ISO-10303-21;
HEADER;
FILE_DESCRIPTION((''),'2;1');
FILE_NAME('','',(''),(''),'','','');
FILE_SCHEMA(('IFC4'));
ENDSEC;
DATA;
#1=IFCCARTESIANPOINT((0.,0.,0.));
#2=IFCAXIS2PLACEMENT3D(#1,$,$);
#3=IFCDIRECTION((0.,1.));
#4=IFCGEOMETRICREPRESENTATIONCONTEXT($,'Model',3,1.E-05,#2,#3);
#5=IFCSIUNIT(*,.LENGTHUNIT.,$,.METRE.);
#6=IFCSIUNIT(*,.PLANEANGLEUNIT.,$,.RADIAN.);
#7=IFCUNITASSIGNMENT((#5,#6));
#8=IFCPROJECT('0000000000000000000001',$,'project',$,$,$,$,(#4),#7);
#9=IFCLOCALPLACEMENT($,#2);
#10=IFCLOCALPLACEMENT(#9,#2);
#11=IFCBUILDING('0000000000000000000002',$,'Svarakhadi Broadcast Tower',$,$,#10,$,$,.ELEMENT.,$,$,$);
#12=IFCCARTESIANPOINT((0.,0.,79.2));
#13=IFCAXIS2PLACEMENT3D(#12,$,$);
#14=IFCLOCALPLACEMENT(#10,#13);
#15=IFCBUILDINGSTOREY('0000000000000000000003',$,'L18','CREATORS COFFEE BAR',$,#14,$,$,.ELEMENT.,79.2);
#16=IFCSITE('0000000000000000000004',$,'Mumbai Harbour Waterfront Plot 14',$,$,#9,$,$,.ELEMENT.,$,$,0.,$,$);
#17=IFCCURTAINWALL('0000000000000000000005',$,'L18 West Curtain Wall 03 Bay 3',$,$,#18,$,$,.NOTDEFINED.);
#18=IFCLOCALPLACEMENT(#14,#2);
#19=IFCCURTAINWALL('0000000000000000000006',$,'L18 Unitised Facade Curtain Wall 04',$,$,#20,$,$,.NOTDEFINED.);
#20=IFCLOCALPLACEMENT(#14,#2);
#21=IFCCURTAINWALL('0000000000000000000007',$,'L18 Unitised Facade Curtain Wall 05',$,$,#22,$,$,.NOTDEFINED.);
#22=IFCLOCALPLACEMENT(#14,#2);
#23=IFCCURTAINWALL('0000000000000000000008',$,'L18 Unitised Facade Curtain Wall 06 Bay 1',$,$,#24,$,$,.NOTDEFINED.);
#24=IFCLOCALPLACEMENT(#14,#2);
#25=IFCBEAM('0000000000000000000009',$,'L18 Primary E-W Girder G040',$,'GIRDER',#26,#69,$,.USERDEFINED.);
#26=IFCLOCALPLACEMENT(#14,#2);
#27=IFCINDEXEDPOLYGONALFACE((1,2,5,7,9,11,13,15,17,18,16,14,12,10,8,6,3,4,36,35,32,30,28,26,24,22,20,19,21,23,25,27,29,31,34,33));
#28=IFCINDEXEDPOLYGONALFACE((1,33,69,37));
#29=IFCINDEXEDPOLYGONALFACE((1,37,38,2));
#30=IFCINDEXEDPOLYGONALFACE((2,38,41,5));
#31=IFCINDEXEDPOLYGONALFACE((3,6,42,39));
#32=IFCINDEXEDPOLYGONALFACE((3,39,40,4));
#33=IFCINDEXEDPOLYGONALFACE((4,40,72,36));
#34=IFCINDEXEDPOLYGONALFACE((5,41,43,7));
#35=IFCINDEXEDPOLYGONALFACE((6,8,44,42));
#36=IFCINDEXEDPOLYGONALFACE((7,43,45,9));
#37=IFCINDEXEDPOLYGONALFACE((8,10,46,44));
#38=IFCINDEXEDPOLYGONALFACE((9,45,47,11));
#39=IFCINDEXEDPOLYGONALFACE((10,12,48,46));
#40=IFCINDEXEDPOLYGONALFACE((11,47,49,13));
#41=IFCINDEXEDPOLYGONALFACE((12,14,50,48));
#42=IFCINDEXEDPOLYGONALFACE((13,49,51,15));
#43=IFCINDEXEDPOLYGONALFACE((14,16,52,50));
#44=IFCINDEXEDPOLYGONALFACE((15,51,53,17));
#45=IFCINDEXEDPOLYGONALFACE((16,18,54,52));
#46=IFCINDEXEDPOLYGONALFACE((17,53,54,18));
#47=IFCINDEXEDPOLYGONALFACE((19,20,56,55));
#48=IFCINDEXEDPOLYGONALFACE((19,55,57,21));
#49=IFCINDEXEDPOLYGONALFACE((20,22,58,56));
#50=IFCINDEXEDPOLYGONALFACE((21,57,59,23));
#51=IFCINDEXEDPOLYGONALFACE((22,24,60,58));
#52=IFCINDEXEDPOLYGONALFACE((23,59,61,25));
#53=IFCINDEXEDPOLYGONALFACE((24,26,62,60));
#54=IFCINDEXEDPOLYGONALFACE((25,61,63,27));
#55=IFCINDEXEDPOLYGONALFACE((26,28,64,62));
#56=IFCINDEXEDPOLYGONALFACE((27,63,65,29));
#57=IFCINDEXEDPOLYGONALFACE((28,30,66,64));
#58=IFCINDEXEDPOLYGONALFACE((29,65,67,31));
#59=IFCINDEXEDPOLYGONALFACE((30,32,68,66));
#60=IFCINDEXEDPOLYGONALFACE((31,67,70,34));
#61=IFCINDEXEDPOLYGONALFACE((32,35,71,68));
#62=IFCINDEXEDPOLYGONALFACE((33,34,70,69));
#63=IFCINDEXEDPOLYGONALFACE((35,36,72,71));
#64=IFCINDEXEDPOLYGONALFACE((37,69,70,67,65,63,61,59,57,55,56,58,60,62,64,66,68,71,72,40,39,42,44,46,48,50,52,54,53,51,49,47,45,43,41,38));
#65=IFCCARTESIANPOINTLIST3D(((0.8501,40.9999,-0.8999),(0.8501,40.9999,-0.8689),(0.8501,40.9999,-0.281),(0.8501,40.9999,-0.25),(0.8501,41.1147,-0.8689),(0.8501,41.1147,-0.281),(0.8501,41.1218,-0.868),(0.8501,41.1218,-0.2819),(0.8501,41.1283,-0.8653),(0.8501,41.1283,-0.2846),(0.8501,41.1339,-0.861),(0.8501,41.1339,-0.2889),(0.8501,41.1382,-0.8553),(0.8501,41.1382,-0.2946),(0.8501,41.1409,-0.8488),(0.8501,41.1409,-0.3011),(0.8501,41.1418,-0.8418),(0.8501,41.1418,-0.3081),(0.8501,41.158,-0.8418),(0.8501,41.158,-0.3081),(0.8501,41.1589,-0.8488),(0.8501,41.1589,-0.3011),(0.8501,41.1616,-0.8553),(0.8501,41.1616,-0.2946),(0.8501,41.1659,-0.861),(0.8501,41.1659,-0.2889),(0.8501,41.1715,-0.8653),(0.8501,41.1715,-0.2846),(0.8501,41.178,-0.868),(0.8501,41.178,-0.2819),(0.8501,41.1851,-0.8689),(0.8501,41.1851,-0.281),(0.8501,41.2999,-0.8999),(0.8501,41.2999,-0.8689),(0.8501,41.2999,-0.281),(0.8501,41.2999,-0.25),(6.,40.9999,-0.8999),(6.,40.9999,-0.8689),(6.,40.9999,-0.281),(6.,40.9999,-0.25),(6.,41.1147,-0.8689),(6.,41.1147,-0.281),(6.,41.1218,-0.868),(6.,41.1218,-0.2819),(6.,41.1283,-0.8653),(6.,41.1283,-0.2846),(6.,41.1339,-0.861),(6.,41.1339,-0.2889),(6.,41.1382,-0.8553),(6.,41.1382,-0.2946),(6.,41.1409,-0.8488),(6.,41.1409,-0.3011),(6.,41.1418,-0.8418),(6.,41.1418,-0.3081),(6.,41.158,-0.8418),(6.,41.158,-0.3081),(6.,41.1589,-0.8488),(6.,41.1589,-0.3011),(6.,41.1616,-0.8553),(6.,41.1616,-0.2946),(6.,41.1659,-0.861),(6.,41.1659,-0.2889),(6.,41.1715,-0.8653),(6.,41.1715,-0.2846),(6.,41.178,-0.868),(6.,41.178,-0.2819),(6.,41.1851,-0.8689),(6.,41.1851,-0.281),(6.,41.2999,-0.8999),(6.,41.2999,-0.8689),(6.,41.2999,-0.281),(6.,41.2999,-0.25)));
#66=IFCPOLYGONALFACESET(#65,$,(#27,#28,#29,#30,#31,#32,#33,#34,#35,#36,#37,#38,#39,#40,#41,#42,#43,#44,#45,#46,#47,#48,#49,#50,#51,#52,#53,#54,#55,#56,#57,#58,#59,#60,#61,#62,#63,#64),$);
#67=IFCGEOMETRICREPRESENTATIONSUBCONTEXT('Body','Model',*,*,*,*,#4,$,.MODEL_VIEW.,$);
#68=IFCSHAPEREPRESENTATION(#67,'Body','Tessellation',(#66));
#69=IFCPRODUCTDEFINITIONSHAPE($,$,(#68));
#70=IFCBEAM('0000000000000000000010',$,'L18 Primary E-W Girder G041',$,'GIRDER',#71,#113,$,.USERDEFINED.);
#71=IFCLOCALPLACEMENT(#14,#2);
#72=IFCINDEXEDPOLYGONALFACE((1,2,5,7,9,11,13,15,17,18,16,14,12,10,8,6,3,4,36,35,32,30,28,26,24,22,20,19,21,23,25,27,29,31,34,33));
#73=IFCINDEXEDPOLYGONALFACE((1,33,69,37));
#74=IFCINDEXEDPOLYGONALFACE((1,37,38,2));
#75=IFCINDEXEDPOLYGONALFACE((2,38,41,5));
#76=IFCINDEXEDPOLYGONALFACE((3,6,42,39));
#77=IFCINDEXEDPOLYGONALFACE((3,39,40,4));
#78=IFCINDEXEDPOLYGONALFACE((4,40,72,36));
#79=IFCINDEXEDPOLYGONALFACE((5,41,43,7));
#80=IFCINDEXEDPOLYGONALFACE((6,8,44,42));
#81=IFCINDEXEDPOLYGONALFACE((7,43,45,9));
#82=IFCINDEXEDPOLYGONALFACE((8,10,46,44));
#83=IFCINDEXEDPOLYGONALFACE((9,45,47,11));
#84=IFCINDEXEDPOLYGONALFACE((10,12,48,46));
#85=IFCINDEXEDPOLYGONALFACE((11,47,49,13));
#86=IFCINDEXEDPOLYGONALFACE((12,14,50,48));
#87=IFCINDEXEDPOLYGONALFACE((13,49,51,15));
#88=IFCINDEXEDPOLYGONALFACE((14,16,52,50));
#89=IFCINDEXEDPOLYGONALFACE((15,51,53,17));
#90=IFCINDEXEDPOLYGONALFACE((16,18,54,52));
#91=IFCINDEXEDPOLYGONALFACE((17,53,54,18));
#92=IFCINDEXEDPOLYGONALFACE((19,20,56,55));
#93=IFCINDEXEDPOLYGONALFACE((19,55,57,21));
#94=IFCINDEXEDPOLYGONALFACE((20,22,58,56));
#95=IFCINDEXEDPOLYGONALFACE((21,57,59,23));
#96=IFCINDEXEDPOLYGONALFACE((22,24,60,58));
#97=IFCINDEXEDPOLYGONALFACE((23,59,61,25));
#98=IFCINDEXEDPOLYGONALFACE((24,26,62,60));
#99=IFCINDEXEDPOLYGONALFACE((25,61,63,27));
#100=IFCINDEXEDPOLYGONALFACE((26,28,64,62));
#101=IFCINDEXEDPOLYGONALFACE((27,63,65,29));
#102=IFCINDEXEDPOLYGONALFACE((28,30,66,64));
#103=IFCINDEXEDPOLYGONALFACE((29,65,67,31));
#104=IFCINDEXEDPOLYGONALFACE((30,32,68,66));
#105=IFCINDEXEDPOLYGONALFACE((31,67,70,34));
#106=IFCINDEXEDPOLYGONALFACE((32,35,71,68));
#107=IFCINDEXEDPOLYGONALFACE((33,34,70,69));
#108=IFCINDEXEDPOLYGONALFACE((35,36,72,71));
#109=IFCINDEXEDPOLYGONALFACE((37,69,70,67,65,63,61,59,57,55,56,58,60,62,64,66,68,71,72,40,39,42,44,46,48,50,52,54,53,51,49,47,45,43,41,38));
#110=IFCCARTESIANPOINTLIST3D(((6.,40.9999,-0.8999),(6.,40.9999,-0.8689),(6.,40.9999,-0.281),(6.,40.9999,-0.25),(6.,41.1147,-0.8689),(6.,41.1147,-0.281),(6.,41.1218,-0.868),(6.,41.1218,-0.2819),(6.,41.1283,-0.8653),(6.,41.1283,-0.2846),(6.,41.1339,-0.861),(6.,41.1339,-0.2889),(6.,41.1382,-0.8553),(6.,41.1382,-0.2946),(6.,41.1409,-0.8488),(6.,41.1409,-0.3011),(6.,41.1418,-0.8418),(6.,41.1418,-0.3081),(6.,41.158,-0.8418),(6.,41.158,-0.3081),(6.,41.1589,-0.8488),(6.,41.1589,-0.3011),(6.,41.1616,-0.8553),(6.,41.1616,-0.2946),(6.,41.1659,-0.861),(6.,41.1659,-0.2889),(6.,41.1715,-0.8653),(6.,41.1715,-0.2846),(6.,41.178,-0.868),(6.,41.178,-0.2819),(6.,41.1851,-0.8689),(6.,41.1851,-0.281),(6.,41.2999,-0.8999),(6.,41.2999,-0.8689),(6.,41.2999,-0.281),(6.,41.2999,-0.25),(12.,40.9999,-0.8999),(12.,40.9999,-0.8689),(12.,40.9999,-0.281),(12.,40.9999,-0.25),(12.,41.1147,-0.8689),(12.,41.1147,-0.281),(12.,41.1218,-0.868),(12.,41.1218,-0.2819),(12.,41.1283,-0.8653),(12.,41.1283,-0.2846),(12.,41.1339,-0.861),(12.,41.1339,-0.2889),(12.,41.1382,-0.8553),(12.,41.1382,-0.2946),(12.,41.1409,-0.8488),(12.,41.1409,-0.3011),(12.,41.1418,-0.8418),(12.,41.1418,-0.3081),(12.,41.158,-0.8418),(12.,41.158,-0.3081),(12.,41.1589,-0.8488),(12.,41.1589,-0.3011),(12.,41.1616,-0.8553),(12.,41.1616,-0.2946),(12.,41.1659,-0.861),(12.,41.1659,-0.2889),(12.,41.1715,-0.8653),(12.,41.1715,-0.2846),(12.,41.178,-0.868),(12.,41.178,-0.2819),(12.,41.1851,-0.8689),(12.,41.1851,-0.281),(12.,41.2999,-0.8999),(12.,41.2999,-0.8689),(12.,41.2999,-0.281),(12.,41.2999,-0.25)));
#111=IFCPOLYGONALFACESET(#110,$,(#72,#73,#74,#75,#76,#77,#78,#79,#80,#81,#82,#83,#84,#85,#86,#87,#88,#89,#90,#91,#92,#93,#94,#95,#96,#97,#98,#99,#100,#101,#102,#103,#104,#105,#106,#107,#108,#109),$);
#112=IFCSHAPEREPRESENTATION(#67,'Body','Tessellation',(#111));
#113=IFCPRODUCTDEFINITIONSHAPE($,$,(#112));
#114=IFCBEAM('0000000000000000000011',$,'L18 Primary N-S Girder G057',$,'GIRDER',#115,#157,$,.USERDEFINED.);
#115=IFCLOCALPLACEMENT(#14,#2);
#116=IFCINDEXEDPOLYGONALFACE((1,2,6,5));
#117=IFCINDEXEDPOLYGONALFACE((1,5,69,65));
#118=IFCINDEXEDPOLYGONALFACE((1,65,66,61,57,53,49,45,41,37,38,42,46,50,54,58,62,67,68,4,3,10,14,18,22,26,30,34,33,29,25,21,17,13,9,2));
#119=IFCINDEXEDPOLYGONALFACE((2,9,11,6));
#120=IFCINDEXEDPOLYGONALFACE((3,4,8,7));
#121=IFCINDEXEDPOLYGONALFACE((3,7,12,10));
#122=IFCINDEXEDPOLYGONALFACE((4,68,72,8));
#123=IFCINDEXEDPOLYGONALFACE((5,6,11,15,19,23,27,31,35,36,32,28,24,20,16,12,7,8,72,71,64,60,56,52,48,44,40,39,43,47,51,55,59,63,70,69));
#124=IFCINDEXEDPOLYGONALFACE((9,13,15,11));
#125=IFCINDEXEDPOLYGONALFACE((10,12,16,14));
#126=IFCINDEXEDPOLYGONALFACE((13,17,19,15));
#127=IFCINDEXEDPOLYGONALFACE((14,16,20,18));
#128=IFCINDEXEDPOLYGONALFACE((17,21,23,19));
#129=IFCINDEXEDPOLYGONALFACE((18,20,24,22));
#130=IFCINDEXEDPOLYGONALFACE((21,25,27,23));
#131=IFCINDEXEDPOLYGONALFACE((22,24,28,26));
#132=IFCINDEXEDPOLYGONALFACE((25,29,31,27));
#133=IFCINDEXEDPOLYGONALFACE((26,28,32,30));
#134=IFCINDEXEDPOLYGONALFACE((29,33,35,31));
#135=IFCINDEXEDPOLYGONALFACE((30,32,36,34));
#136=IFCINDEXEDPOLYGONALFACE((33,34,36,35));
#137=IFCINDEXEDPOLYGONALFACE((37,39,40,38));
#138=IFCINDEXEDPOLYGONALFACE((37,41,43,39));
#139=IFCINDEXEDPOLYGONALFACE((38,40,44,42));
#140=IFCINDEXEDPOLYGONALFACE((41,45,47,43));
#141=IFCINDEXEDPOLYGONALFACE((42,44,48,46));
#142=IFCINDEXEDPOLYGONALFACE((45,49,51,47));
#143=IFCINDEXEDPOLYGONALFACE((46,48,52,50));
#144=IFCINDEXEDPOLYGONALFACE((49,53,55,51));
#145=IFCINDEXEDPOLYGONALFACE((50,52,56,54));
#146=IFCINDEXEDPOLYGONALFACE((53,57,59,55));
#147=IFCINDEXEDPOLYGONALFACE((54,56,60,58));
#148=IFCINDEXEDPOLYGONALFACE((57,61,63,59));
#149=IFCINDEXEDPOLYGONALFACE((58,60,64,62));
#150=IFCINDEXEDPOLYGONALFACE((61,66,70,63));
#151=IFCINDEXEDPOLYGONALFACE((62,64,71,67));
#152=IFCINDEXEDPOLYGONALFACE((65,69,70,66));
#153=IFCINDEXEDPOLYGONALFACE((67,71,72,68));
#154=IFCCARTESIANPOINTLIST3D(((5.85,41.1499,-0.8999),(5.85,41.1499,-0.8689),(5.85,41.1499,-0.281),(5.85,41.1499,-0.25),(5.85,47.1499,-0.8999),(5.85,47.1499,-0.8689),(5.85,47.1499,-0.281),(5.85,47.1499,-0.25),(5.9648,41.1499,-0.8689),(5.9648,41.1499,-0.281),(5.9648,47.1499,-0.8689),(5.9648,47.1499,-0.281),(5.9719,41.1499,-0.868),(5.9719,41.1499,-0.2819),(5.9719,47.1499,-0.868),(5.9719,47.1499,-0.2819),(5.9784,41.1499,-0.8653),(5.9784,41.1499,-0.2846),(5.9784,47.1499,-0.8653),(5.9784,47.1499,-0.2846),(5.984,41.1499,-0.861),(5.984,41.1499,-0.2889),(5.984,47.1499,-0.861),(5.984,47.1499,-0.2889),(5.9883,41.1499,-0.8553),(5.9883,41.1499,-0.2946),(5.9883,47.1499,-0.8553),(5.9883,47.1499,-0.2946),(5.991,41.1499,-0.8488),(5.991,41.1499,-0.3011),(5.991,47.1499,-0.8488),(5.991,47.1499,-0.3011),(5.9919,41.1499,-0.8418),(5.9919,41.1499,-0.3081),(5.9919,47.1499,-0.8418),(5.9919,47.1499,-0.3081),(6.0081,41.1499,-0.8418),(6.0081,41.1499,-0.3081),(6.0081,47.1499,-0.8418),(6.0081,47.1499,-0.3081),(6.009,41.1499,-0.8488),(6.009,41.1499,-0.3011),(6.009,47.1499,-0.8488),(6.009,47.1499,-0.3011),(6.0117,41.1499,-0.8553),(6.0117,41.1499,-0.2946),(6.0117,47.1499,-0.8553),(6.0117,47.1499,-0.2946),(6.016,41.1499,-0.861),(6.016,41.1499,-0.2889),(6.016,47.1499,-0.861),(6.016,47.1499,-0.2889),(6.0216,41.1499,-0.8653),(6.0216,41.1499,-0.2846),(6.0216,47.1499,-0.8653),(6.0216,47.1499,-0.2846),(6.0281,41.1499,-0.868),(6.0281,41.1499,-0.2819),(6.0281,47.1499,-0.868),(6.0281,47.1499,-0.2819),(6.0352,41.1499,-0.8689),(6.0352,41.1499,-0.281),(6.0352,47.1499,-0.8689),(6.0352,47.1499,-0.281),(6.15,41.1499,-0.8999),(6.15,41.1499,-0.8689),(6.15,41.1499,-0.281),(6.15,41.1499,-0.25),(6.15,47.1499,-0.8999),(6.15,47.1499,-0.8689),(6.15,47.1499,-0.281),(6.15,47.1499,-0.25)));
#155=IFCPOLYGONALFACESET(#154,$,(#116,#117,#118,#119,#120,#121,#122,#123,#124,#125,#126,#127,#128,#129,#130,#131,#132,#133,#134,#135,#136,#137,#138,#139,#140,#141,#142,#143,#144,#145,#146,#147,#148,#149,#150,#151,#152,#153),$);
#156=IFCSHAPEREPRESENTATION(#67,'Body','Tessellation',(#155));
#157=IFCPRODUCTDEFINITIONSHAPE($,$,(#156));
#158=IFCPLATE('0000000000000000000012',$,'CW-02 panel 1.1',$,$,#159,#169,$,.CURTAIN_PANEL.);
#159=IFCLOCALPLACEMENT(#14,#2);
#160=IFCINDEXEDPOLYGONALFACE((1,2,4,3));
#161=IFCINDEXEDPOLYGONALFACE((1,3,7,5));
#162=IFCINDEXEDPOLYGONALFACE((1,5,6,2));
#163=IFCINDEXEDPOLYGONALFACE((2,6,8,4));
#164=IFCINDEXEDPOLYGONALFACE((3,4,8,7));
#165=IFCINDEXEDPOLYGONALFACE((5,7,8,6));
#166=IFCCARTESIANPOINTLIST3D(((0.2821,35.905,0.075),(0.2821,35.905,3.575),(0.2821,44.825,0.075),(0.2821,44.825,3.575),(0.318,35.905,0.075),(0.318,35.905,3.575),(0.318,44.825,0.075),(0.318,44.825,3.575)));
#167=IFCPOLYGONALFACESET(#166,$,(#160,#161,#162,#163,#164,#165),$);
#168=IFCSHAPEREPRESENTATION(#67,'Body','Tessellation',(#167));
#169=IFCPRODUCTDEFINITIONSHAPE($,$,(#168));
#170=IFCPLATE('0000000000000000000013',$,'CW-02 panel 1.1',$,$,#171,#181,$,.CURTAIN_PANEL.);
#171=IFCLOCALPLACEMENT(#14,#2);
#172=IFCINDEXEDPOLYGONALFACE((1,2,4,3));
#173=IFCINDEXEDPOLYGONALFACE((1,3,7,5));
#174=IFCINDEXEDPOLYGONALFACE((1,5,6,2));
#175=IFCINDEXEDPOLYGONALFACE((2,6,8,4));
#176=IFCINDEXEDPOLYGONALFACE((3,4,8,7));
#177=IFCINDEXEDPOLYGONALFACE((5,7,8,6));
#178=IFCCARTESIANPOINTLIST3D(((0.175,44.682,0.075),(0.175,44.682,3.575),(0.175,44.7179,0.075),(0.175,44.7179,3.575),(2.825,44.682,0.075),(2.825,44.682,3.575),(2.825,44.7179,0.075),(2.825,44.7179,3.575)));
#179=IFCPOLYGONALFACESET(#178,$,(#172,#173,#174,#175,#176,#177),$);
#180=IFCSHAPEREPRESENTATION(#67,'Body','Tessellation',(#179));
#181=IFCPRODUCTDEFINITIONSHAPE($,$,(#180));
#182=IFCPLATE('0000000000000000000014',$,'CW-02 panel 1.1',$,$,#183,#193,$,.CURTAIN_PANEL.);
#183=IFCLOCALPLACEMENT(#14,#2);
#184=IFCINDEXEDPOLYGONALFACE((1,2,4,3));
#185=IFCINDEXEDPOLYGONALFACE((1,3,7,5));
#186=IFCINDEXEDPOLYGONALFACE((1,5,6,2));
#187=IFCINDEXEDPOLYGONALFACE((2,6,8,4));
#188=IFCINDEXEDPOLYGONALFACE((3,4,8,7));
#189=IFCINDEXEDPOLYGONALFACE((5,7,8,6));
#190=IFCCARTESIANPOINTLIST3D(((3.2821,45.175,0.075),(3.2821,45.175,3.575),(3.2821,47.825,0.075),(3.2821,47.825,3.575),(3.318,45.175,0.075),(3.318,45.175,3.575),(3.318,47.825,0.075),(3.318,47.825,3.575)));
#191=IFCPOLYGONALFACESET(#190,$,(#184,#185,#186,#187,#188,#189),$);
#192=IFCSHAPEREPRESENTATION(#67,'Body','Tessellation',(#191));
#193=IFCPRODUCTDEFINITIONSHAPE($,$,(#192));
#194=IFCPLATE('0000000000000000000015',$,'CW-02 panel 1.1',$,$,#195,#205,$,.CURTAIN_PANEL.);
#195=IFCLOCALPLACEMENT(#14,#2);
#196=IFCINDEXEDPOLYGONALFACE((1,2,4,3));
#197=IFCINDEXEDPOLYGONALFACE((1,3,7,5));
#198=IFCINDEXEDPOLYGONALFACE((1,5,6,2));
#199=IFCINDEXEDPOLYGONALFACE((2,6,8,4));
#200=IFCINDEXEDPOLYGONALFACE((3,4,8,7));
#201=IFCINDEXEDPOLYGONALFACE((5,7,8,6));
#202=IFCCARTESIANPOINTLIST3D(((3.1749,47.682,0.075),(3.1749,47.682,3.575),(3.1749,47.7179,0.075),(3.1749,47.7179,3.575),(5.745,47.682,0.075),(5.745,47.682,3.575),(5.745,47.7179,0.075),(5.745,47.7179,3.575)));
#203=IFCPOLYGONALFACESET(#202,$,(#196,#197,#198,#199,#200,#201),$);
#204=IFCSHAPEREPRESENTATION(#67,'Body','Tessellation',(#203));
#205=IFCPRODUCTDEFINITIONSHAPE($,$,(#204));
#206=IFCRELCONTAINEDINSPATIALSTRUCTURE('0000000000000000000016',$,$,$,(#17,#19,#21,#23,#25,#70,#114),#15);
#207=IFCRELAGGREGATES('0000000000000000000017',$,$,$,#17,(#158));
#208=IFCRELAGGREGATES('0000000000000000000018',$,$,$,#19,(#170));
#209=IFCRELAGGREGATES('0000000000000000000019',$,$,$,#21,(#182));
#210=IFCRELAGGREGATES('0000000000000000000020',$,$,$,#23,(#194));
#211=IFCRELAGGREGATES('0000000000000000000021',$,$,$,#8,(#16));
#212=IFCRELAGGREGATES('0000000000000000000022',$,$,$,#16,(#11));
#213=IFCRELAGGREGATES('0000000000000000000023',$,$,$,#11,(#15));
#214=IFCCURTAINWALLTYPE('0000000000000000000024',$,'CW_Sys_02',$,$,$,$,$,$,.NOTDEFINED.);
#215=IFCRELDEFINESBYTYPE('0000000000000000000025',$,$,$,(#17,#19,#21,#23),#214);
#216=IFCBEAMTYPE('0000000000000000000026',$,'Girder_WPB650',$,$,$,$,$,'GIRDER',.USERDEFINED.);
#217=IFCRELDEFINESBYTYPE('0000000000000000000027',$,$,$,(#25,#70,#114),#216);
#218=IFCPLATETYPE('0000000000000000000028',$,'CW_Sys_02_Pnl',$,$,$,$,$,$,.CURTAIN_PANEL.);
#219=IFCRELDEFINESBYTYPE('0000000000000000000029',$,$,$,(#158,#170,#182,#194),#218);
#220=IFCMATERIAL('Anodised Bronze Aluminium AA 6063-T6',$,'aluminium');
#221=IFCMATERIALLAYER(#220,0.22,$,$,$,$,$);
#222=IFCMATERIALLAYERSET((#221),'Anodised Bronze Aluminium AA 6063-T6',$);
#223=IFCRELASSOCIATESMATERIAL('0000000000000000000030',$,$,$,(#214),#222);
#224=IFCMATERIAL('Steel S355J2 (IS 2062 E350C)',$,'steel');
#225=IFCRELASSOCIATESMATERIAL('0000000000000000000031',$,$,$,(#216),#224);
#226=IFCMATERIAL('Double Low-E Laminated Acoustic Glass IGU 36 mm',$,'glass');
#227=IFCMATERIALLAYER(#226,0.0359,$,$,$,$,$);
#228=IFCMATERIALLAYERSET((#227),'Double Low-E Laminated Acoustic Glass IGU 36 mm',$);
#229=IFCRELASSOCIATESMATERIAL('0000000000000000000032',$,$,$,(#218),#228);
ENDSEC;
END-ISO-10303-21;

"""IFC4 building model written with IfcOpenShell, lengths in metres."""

from ifc_helpers import new_model, si_unit, direction, frame, origin, origin_2d, place, context, subcontext, project, spatial, rectangle, i_section, extrude, material, layer, layer_set, material_profile, profile_set, type_object, element, aggregate, save


model = new_model("IFC4")

# Units and contexts
model_context = context("Model", 3, precision=1e-05, world=origin(), true_north=direction((0.0, 1.0)))
body_context = subcontext(model_context, "Body", "Model", "MODEL_VIEW")
ifc_project = project(units=[si_unit("LENGTHUNIT", "METRE"), si_unit("PLANEANGLEUNIT", "RADIAN")], contexts=[model_context])

# Site, building, storey
site_placement = place(None, origin())
site = spatial("IfcSite", under=ifc_project, at=site_placement, Name="Mumbai Harbour Waterfront Plot 14", CompositionType="ELEMENT", RefElevation=0.0)
building_placement = place(site_placement, origin())
building = spatial("IfcBuilding", under=site, at=building_placement, Name="Svarakhadi Broadcast Tower", CompositionType="ELEMENT")
storey_placement = place(building_placement, frame((0.0, 0.0, 79.2)))
storey = spatial("IfcBuildingStorey", under=building, at=storey_placement, Name="L18", Description="CREATORS COFFEE BAR", CompositionType="ELEMENT", Elevation=79.2)

# Shared definitions
ifc_material_1 = material(Name="Steel S355J2 (IS 2062 E350C)", Category="steel")

# Curtain walls
ifc_material_2 = material(Name="Anodised Bronze Aluminium AA 6063-T6", Category="aluminium")
ifc_layer_1 = layer(ifc_material_2, 0.22)
ifc_layer_set_1 = layer_set([ifc_layer_1], Name="Anodised Bronze Aluminium AA 6063-T6")
curtain_wall_type = type_object("IfcCurtainWallType", Name="CW_Sys_02", PredefinedType="NOTDEFINED", material=ifc_layer_set_1)
curtain_wall_1_placement = place(storey_placement, origin())
curtain_wall_1 = element("IfcCurtainWall", 1, at=curtain_wall_1_placement, inside=storey, type_object=curtain_wall_type, Name="L18 West Curtain Wall 03 Bay 3", PredefinedType="NOTDEFINED")
curtain_wall_2_placement = place(storey_placement, origin())
curtain_wall_2 = element("IfcCurtainWall", 2, at=curtain_wall_2_placement, inside=storey, type_object=curtain_wall_type, Name="L18 Unitised Facade Curtain Wall 04", PredefinedType="NOTDEFINED")
curtain_wall_3_placement = place(storey_placement, origin())
curtain_wall_3 = element("IfcCurtainWall", 3, at=curtain_wall_3_placement, inside=storey, type_object=curtain_wall_type, Name="L18 Unitised Facade Curtain Wall 05", PredefinedType="NOTDEFINED")
curtain_wall_4_placement = place(storey_placement, origin())
curtain_wall_4 = element("IfcCurtainWall", 4, at=curtain_wall_4_placement, inside=storey, type_object=curtain_wall_type, Name="L18 Unitised Facade Curtain Wall 06 Bay 1", PredefinedType="NOTDEFINED")

# Beams
ifc_material_profile_1 = material_profile(ifc_material_1, i_section(OverallWidth=0.3, OverallDepth=0.6499, WebThickness=0.0161, FlangeThickness=0.031, FilletRadius=0.0271, at=origin_2d()), Name="WPB 650x300x225")
ifc_profile_set_1 = profile_set([ifc_material_profile_1], Name="Steel S355J2 (IS 2062 E350C)")
beam_type_1 = type_object("IfcBeamType", Name="Girder_WPB650", ElementType="GIRDER", PredefinedType="USERDEFINED", material=ifc_profile_set_1)
beam_1_placement = place(storey_placement, frame((0.8501, 41.1499, -0.575), z_axis=(1.0, 0.0, 0.0), x_axis=(0.0, 1.0, 0.0)))
element("IfcBeam", 5, at=beam_1_placement, inside=storey, type_object=beam_type_1, Name="L18 Primary E-W Girder G040", ObjectType="GIRDER", PredefinedType="USERDEFINED", context=body_context, shape_type="SweptSolid", body=[
    extrude(i_section(OverallWidth=0.3, OverallDepth=0.6499, WebThickness=0.0161, FlangeThickness=0.031, FilletRadius=0.0271, at=origin_2d()), origin(), (0.0, 0.0, 1.0), 5.1499),
])
for number, where, z_axis, x_axis, name in (
    (6, (6.0, 41.1499, -0.575), (1.0, 0.0, 0.0), (0.0, 1.0, 0.0), "L18 Primary E-W Girder G041"),
    (7, (6.0, 41.1499, -0.575), (0.0, 1.0, 0.0), (-1.0, 0.0, 0.0), "L18 Primary N-S Girder G057"),
):
    element("IfcBeam", number, at=place(storey_placement, frame(where, z_axis=z_axis, x_axis=x_axis)), inside=storey, type_object=beam_type_1, Name=name, ObjectType="GIRDER", PredefinedType="USERDEFINED", context=body_context, shape_type="SweptSolid", body=[
        extrude(i_section(OverallWidth=0.3, OverallDepth=0.6499, WebThickness=0.0161, FlangeThickness=0.031, FilletRadius=0.0271, at=origin_2d()), origin(), (0.0, 0.0, 1.0), 6.0),
    ])

# Plates
ifc_material_3 = material(Name="Double Low-E Laminated Acoustic Glass IGU 36 mm", Category="glass")
ifc_layer_2 = layer(ifc_material_3, 0.0359)
ifc_layer_set_2 = layer_set([ifc_layer_2], Name="Double Low-E Laminated Acoustic Glass IGU 36 mm")
plate_type_1 = type_object("IfcPlateType", Name="CW_Sys_02_Pnl", PredefinedType="CURTAIN_PANEL", material=ifc_layer_set_2)
plate_1_placement = place(storey_placement, frame((0.3, 40.365, 0.075), z_axis=(0.0, 0.0, 1.0), x_axis=(0.0, 1.0, 0.0)))
plate_1 = element("IfcPlate", 8, at=plate_1_placement, type_object=plate_type_1, Name="CW-02 panel 1.1", PredefinedType="CURTAIN_PANEL", context=body_context, shape_type="SweptSolid", body=[
    extrude(rectangle(XDim=8.9199, YDim=0.0359, at=origin_2d()), origin(), (0.0, 0.0, 1.0), 3.5),
])
aggregate(curtain_wall_1, [plate_1])
plate_2_placement = place(storey_placement, frame((1.5, 44.7, 0.075), z_axis=(0.0, 0.0, 1.0), x_axis=(1.0, 0.0, 0.0)))
plate_2 = element("IfcPlate", 9, at=plate_2_placement, type_object=plate_type_1, Name="CW-02 panel 1.1", PredefinedType="CURTAIN_PANEL", context=body_context, shape_type="SweptSolid", body=[
    extrude(rectangle(XDim=2.6499, YDim=0.0359, at=origin_2d()), origin(), (0.0, 0.0, 1.0), 3.5),
])
aggregate(curtain_wall_2, [plate_2])
plate_3_placement = place(storey_placement, frame((3.3, 46.5, 0.075), z_axis=(0.0, 0.0, 1.0), x_axis=(0.0, 1.0, 0.0)))
plate_3 = element("IfcPlate", 10, at=plate_3_placement, type_object=plate_type_1, Name="CW-02 panel 1.1", PredefinedType="CURTAIN_PANEL", context=body_context, shape_type="SweptSolid", body=[
    extrude(rectangle(XDim=2.6499, YDim=0.0359, at=origin_2d()), origin(), (0.0, 0.0, 1.0), 3.5),
])
aggregate(curtain_wall_3, [plate_3])
plate_4_placement = place(storey_placement, frame((4.46, 47.7, 0.075), z_axis=(0.0, 0.0, 1.0), x_axis=(1.0, 0.0, 0.0)))
plate_4 = element("IfcPlate", 11, at=plate_4_placement, type_object=plate_type_1, Name="CW-02 panel 1.1", PredefinedType="CURTAIN_PANEL", context=body_context, shape_type="SweptSolid", body=[
    extrude(rectangle(XDim=2.5701, YDim=0.0359, at=origin_2d()), origin(), (0.0, 0.0, 1.0), 3.5),
])
aggregate(curtain_wall_4, [plate_4])

save(model, "model.ifc")
